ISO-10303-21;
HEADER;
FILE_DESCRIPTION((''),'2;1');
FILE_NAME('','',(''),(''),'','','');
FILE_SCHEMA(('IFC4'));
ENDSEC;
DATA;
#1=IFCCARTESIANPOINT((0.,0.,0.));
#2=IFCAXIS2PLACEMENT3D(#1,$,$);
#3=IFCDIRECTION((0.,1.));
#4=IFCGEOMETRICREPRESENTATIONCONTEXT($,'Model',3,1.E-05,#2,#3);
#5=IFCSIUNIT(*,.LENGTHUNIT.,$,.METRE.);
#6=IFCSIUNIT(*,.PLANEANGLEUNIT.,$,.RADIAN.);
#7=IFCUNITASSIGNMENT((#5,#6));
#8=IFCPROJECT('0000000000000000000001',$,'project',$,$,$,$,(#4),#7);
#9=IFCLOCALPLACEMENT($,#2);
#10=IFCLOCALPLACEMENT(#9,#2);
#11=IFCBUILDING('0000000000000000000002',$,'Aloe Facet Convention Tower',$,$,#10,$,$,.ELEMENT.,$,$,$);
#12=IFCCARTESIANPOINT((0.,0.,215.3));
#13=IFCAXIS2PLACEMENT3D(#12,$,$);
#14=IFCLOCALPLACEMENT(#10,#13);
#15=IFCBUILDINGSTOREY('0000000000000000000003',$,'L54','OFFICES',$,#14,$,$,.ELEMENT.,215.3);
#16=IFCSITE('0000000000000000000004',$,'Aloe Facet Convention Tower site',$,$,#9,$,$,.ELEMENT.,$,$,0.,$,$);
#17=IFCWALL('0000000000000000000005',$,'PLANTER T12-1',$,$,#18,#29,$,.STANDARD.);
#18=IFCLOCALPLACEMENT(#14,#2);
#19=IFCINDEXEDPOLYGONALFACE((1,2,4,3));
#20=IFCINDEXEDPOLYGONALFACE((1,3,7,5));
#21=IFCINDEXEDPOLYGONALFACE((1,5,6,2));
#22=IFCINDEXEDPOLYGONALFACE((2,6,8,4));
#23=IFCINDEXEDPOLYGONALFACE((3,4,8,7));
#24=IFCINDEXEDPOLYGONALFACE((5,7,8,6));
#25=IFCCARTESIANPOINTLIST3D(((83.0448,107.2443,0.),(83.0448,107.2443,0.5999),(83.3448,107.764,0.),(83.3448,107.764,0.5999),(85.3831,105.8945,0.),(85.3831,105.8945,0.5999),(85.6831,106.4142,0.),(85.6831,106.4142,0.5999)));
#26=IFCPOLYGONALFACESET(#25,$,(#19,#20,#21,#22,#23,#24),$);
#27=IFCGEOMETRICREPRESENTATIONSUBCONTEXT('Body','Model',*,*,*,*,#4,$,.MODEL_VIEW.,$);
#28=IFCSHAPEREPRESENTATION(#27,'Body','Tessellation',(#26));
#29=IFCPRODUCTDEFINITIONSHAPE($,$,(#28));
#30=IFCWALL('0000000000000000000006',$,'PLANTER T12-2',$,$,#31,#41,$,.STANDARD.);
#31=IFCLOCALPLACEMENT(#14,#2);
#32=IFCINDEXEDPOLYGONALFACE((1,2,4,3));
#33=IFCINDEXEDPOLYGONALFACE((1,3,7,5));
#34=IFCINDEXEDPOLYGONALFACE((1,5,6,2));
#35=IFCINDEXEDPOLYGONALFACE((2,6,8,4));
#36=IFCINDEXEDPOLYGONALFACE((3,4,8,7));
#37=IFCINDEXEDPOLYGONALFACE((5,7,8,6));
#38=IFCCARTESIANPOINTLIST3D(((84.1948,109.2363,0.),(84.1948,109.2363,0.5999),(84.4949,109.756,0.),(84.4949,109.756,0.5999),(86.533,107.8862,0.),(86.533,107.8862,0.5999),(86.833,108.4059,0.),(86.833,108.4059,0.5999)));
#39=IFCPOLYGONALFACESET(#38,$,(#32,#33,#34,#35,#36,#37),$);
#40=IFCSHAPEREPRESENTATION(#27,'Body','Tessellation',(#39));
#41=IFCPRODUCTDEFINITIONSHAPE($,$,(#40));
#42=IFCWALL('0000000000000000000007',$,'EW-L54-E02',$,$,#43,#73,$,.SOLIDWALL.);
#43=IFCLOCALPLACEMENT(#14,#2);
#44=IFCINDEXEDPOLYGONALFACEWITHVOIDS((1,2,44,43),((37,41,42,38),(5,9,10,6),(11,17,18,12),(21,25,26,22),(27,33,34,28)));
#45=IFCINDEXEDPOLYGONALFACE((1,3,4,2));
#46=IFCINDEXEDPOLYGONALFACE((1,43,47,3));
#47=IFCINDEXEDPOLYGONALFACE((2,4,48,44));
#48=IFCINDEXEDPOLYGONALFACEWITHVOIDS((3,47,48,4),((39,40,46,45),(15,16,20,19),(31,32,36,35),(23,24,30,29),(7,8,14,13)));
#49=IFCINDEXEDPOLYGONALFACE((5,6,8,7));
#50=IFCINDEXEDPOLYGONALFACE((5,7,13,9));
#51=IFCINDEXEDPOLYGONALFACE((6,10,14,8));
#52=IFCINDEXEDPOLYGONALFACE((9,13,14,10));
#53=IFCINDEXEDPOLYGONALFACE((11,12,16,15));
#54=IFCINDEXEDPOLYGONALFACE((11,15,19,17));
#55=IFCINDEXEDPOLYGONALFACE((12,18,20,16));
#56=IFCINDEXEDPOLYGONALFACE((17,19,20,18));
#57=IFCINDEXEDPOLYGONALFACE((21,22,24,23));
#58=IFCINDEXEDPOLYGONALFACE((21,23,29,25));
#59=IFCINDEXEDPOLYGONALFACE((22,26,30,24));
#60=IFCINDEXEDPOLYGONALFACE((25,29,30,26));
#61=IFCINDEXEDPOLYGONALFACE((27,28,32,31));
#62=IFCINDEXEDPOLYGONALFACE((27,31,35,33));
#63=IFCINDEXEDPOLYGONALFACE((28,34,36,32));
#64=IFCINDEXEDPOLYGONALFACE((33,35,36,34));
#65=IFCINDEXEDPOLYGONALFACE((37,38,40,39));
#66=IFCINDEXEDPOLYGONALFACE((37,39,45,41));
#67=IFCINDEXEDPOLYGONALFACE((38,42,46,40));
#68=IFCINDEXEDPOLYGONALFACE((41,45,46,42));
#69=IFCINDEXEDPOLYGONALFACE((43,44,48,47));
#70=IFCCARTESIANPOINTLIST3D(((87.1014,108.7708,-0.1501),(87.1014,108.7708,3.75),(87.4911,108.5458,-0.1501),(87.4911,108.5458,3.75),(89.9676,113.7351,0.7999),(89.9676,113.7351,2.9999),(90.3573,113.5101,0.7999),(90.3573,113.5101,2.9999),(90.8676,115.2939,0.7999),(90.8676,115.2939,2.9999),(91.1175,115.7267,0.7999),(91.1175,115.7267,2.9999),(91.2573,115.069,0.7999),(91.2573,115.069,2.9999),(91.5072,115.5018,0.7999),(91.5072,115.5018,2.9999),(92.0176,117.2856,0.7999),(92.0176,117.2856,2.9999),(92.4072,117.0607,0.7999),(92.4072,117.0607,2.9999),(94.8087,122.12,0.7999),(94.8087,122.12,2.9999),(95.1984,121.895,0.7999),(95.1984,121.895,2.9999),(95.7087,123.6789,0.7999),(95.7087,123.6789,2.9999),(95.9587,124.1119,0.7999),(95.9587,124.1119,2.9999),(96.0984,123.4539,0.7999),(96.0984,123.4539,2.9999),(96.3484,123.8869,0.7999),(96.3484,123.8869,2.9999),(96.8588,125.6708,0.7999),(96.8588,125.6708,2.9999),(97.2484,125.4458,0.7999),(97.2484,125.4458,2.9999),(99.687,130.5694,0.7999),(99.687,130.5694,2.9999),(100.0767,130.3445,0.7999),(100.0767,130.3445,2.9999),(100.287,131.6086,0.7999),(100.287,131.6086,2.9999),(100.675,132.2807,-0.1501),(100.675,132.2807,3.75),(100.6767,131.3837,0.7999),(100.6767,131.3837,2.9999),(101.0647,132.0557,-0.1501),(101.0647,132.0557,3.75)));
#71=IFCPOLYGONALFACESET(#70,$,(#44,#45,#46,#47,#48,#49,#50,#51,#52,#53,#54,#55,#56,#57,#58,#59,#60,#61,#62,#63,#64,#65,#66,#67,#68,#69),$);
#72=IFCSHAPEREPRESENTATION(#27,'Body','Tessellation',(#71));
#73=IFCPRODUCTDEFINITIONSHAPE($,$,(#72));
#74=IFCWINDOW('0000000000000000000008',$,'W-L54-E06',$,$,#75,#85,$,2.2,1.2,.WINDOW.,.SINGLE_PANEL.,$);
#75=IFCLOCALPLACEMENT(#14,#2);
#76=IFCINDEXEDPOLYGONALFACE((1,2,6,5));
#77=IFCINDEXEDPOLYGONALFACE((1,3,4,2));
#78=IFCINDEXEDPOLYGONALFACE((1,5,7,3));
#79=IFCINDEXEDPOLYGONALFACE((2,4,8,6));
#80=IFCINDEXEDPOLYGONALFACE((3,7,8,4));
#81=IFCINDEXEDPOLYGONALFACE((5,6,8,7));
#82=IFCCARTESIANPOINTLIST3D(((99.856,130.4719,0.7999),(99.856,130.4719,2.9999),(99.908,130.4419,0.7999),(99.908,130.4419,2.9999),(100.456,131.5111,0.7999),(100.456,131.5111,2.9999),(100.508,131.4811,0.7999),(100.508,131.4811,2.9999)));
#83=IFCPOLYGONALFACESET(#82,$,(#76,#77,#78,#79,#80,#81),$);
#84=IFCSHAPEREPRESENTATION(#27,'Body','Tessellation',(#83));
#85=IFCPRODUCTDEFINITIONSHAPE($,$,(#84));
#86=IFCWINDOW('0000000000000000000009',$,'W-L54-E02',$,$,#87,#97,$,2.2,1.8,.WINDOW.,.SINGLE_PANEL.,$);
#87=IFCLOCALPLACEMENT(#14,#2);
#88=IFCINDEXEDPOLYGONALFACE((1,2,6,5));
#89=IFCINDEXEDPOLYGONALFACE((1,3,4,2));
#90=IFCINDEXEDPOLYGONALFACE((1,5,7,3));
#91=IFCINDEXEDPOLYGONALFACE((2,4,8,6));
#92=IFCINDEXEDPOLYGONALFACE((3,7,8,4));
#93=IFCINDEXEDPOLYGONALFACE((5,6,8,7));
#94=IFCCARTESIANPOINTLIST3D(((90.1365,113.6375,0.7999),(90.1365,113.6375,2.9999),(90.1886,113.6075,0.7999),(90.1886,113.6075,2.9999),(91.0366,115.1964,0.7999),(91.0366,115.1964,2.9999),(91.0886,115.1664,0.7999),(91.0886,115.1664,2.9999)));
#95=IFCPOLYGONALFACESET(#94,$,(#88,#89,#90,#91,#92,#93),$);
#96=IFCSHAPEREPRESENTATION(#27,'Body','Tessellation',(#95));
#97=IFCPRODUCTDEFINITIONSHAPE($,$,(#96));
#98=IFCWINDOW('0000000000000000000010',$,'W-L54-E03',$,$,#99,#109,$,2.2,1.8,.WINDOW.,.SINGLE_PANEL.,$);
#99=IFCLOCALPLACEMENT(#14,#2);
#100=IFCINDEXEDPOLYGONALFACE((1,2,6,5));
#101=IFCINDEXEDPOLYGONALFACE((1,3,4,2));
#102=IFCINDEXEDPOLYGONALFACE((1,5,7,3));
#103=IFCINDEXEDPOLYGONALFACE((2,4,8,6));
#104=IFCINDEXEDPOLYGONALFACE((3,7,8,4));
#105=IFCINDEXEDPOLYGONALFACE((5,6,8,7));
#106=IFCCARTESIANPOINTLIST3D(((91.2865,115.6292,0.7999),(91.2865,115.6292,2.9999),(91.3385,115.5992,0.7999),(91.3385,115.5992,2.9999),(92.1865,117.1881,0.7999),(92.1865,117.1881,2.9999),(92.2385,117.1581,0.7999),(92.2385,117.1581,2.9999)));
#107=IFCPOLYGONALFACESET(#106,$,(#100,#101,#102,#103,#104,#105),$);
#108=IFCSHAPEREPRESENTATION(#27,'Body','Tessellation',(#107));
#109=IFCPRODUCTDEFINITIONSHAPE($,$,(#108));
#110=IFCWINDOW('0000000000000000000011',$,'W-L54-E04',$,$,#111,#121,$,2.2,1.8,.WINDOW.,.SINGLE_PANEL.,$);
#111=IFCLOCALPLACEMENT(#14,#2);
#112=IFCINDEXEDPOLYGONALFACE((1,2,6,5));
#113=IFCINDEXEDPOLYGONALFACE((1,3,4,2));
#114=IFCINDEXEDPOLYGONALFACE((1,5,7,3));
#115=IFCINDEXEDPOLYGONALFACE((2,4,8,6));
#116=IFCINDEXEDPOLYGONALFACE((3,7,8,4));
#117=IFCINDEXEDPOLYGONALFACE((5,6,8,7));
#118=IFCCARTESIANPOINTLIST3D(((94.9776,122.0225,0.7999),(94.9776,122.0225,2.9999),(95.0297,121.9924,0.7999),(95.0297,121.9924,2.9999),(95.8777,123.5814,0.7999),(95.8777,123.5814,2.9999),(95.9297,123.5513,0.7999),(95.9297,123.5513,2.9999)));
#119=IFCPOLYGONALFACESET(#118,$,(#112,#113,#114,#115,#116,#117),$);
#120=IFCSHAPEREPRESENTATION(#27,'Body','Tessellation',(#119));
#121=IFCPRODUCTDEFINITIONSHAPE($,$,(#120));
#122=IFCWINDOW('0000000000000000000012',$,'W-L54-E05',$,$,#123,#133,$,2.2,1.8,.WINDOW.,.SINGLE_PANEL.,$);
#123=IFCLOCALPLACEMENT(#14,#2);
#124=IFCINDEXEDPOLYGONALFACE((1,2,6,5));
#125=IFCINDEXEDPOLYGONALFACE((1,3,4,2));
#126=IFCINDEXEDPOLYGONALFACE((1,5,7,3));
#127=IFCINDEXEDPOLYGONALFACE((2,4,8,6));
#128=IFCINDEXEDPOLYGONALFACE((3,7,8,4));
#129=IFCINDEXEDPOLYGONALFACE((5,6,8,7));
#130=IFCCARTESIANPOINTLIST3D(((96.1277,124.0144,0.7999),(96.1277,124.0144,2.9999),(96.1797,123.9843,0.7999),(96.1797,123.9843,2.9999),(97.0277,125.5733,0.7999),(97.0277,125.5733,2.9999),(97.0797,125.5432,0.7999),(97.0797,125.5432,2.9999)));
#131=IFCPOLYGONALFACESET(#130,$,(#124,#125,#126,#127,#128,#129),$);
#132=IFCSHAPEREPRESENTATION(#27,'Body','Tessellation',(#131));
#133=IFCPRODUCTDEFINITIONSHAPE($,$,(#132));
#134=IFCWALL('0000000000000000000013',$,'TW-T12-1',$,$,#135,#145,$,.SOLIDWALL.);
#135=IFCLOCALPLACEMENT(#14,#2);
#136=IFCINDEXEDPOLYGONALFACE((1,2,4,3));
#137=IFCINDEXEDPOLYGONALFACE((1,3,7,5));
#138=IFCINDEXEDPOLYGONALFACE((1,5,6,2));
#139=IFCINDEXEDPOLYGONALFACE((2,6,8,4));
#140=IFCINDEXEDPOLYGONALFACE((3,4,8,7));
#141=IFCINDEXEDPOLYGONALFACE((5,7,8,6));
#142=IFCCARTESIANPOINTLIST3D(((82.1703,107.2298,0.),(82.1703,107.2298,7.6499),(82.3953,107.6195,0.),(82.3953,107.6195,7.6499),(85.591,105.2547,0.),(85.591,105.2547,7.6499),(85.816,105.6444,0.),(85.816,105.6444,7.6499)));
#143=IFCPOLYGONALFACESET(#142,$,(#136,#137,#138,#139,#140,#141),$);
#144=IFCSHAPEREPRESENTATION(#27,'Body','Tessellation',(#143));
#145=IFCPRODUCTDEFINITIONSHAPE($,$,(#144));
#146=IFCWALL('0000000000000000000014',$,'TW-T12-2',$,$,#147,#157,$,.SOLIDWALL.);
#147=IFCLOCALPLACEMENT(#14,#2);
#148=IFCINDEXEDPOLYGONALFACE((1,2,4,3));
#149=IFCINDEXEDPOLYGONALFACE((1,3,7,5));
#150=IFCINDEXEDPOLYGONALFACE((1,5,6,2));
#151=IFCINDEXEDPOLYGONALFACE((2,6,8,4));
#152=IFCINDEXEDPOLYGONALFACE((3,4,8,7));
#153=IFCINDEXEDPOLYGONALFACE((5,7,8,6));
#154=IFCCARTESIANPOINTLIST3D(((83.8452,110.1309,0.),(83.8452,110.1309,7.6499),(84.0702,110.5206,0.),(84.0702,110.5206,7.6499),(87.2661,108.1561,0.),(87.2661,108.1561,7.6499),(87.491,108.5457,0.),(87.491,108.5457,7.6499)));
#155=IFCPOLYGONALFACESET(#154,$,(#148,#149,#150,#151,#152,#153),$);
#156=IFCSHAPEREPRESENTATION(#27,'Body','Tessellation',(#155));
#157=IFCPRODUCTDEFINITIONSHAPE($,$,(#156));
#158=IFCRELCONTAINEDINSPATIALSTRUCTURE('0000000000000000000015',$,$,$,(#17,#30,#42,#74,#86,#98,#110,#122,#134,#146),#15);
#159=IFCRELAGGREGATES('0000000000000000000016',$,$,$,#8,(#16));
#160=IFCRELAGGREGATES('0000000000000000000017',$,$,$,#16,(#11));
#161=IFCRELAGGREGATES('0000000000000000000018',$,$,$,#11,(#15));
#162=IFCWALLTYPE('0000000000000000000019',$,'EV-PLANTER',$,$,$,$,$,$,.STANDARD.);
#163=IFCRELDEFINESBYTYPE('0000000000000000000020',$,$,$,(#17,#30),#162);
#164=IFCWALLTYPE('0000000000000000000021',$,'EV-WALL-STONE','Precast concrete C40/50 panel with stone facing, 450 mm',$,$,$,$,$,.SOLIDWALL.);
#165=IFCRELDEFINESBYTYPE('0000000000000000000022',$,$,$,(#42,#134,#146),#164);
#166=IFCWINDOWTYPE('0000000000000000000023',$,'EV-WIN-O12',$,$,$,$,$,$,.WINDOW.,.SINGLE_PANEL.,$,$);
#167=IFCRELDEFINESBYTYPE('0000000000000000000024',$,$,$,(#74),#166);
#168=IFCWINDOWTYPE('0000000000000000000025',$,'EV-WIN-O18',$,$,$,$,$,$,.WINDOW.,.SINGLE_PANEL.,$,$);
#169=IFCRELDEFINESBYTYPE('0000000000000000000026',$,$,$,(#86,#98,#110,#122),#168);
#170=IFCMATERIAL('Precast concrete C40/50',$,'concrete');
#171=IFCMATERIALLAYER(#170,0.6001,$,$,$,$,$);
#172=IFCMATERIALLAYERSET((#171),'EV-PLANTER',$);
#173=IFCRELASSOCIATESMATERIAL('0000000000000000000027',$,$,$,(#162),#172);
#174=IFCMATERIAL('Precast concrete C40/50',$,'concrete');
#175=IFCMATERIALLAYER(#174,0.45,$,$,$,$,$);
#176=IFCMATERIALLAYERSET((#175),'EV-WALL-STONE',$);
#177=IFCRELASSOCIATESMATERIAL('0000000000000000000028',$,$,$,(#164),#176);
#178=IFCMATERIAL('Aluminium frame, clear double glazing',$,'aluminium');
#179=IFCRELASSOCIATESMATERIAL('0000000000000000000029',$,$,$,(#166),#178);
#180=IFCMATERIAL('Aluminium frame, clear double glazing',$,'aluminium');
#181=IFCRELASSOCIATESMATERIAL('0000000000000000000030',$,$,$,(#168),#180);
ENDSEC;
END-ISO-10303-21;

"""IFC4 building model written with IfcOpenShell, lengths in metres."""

from ifc_helpers import new_model, si_unit, direction, frame, frame_2d, origin, place, context, subcontext, project, spatial, polyline, rectangle, outline, extrude, material, layer, layer_set, type_object, element, fill, save


model = new_model("IFC4")

# Units and contexts
model_context = context("Model", 3, precision=1e-05, world=origin(), true_north=direction((0.0, 1.0)))
body_context = subcontext(model_context, "Body", "Model", "MODEL_VIEW")
ifc_project = project(units=[si_unit("LENGTHUNIT", "METRE"), si_unit("PLANEANGLEUNIT", "RADIAN")], contexts=[model_context])

# Site, building, storey
site_placement = place(None, origin())
site = spatial("IfcSite", under=ifc_project, at=site_placement, Name="Aloe Facet Convention Tower site", CompositionType="ELEMENT", RefElevation=0.0)
building_placement = place(site_placement, origin())
building = spatial("IfcBuilding", under=site, at=building_placement, Name="Aloe Facet Convention Tower", CompositionType="ELEMENT")
storey_placement = place(building_placement, frame((0.0, 0.0, 215.3)))
storey = spatial("IfcBuildingStorey", under=building, at=storey_placement, Name="L54", Description="OFFICES", CompositionType="ELEMENT", Elevation=215.3)

# Walls
ifc_material_1 = material(Name="Precast concrete C40/50", Category="concrete")
ifc_layer_1 = layer(ifc_material_1, 0.6001)
ifc_layer_set_1 = layer_set([ifc_layer_1], Name="EV-PLANTER")
wall_type_1 = type_object("IfcWallType", Name="EV-PLANTER", PredefinedType="STANDARD", material=ifc_layer_set_1)
for number, where, z_axis, x_axis, name in (
    (1, (85.5332, 106.1543, 0.0), (0.0, 0.0, 1.0), (-0.866059, 0.499942, 0.0), "PLANTER T12-1"),
    (2, (86.6831, 108.146, 0.0), (0.0, 0.0, 1.0), (-0.865997, 0.500049, 0.0), "PLANTER T12-2"),
):
    element("IfcWall", number, at=place(storey_placement, frame(where, z_axis=z_axis, x_axis=x_axis)), inside=storey, type_object=wall_type_1, Name=name, PredefinedType="STANDARD", context=body_context, shape_type="SweptSolid", body=[
        extrude(rectangle(XDim=2.7, YDim=0.6001, at=frame_2d((1.3501, 0.0))), origin(), (0.0, 0.0, 1.0), 0.5999),
    ])

# Wall, openings, windows
ifc_material_2 = material(Name="Precast concrete C40/50", Category="concrete")
ifc_layer_2 = layer(ifc_material_2, 0.45)
ifc_layer_set_2 = layer_set([ifc_layer_2], Name="EV-WALL-STONE")
wall_type_2 = type_object("IfcWallType", Name="EV-WALL-STONE", Description="Precast concrete C40/50 panel with stone facing, 450 mm", PredefinedType="SOLIDWALL", material=ifc_layer_set_2)
wall_1_placement = place(storey_placement, frame((87.2964, 108.6582, -0.1501), z_axis=(0.0, 0.0, 1.0), x_axis=(0.500003, 0.866024, 0.0)))
wall_1 = element("IfcWall", 3, at=wall_1_placement, inside=storey, type_object=wall_type_2, Name="EW-L54-E02", PredefinedType="SOLIDWALL", context=body_context, shape_type="SweptSolid", body=[
    extrude(outline(polyline([(27.147, 3.9001), (27.147, 0.0), (0.0, 0.0), (0.0, 3.9001), (27.147, 3.9001)])), frame((0.0, 0.2251, 0.0), z_axis=(0.0, -1.0, 0.0), x_axis=(1.0, 0.0, 0.0)), (0.0, 0.0, 1.0), 0.45),
])
opening_1_placement = place(wall_1_placement, frame((5.7324, 0.0, 0.95)))
opening_1 = element("IfcOpeningElement", 4, at=opening_1_placement, cuts=wall_1, PredefinedType="OPENING", context=body_context, shape_type="SweptSolid", body=[
    extrude(rectangle(XDim=1.8, YDim=2.2, at=frame_2d((0.8999, 1.1001))), frame((0.0, 0.2349, 0.0), z_axis=(0.0, -1.0, 0.0), x_axis=(1.0, 0.0, 0.0)), (0.0, 0.0, 1.0), 0.47),
])
opening_2_placement = place(wall_1_placement, frame((8.0322, 0.0, 0.95)))
opening_2 = element("IfcOpeningElement", 5, at=opening_2_placement, cuts=wall_1, PredefinedType="OPENING", context=body_context, shape_type="SweptSolid", body=[
    extrude(rectangle(XDim=1.8, YDim=2.2, at=frame_2d((0.8999, 1.1001))), frame((0.0, 0.2349, 0.0), z_axis=(0.0, -1.0, 0.0), x_axis=(1.0, 0.0, 0.0)), (0.0, 0.0, 1.0), 0.47),
])
opening_3_placement = place(wall_1_placement, frame((15.4146, 0.0, 0.95)))
opening_3 = element("IfcOpeningElement", 6, at=opening_3_placement, cuts=wall_1, PredefinedType="OPENING", context=body_context, shape_type="SweptSolid", body=[
    extrude(rectangle(XDim=1.8, YDim=2.2, at=frame_2d((0.8999, 1.1001))), frame((0.0, 0.2349, 0.0), z_axis=(0.0, -1.0, 0.0), x_axis=(1.0, 0.0, 0.0)), (0.0, 0.0, 1.0), 0.47),
])
opening_4_placement = place(wall_1_placement, frame((17.7146, 0.0, 0.95)))
opening_4 = element("IfcOpeningElement", 7, at=opening_4_placement, cuts=wall_1, PredefinedType="OPENING", context=body_context, shape_type="SweptSolid", body=[
    extrude(rectangle(XDim=1.8, YDim=2.2, at=frame_2d((0.8999, 1.1001))), frame((0.0, 0.2349, 0.0), z_axis=(0.0, -1.0, 0.0), x_axis=(1.0, 0.0, 0.0)), (0.0, 0.0, 1.0), 0.47),
])
opening_5_placement = place(wall_1_placement, frame((25.1709, 0.0, 0.95)))
opening_5 = element("IfcOpeningElement", 8, at=opening_5_placement, cuts=wall_1, PredefinedType="OPENING", context=body_context, shape_type="SweptSolid", body=[
    extrude(rectangle(XDim=1.2, YDim=2.2, at=frame_2d((0.6001, 1.1001))), frame((0.0, 0.2349, 0.0), z_axis=(0.0, -1.0, 0.0), x_axis=(1.0, 0.0, 0.0)), (0.0, 0.0, 1.0), 0.47),
])
ifc_material_3 = material(Name="Aluminium frame, clear double glazing", Category="aluminium")
window_type_1 = type_object("IfcWindowType", Name="EV-WIN-O12", PartitioningType="SINGLE_PANEL", PredefinedType="WINDOW", material=ifc_material_3)
window_1_placement = place(opening_5_placement, origin())
window_1 = element("IfcWindow", 9, at=window_1_placement, inside=storey, type_object=window_type_1, Name="W-L54-E06", OverallHeight=2.2, OverallWidth=1.2, PartitioningType="SINGLE_PANEL", PredefinedType="WINDOW", context=body_context, shape_type="SweptSolid", body=[
    extrude(rectangle(XDim=1.2, YDim=2.2, at=frame_2d((0.6001, 1.1001))), frame((0.0, 0.03, 0.0), z_axis=(0.0, -1.0, 0.0), x_axis=(1.0, 0.0, 0.0)), (0.0, 0.0, 1.0), 0.0601),
])
fill(opening_5, window_1)
ifc_material_4 = material(Name="Aluminium frame, clear double glazing", Category="aluminium")
window_type_2 = type_object("IfcWindowType", Name="EV-WIN-O18", PartitioningType="SINGLE_PANEL", PredefinedType="WINDOW", material=ifc_material_4)
window_2_placement = place(opening_1_placement, origin())
window_2 = element("IfcWindow", 10, at=window_2_placement, inside=storey, type_object=window_type_2, Name="W-L54-E02", OverallHeight=2.2, OverallWidth=1.8, PartitioningType="SINGLE_PANEL", PredefinedType="WINDOW", context=body_context, shape_type="SweptSolid", body=[
    extrude(rectangle(XDim=1.8, YDim=2.2, at=frame_2d((0.8999, 1.1001))), frame((0.0, 0.03, 0.0), z_axis=(0.0, -1.0, 0.0), x_axis=(1.0, 0.0, 0.0)), (0.0, 0.0, 1.0), 0.0601),
])
fill(opening_1, window_2)
window_3_placement = place(opening_2_placement, origin())
window_3 = element("IfcWindow", 11, at=window_3_placement, inside=storey, type_object=window_type_2, Name="W-L54-E03", OverallHeight=2.2, OverallWidth=1.8, PartitioningType="SINGLE_PANEL", PredefinedType="WINDOW", context=body_context, shape_type="SweptSolid", body=[
    extrude(rectangle(XDim=1.8, YDim=2.2, at=frame_2d((0.8999, 1.1001))), frame((0.0, 0.03, 0.0), z_axis=(0.0, -1.0, 0.0), x_axis=(1.0, 0.0, 0.0)), (0.0, 0.0, 1.0), 0.0601),
])
fill(opening_2, window_3)
window_4_placement = place(opening_3_placement, origin())
window_4 = element("IfcWindow", 12, at=window_4_placement, inside=storey, type_object=window_type_2, Name="W-L54-E04", OverallHeight=2.2, OverallWidth=1.8, PartitioningType="SINGLE_PANEL", PredefinedType="WINDOW", context=body_context, shape_type="SweptSolid", body=[
    extrude(rectangle(XDim=1.8, YDim=2.2, at=frame_2d((0.8999, 1.1001))), frame((0.0, 0.03, 0.0), z_axis=(0.0, -1.0, 0.0), x_axis=(1.0, 0.0, 0.0)), (0.0, 0.0, 1.0), 0.0601),
])
fill(opening_3, window_4)
window_5_placement = place(opening_4_placement, origin())
window_5 = element("IfcWindow", 13, at=window_5_placement, inside=storey, type_object=window_type_2, Name="W-L54-E05", OverallHeight=2.2, OverallWidth=1.8, PartitioningType="SINGLE_PANEL", PredefinedType="WINDOW", context=body_context, shape_type="SweptSolid", body=[
    extrude(rectangle(XDim=1.8, YDim=2.2, at=frame_2d((0.8999, 1.1001))), frame((0.0, 0.03, 0.0), z_axis=(0.0, -1.0, 0.0), x_axis=(1.0, 0.0, 0.0)), (0.0, 0.0, 1.0), 0.0601),
])
fill(opening_4, window_5)

# Walls
for number, where, z_axis, x_axis, name in (
    (14, (85.7036, 105.4495, 0.0), (0.0, 0.0, 1.0), (-0.866005, 0.500035, 0.0), "TW-T12-1"),
    (15, (87.3787, 108.3508, 0.0), (0.0, 0.0, 1.0), (-0.866048, 0.499961, 0.0), "TW-T12-2"),
):
    element("IfcWall", number, at=place(storey_placement, frame(where, z_axis=z_axis, x_axis=x_axis)), inside=storey, type_object=wall_type_2, Name=name, PredefinedType="SOLIDWALL", context=body_context, shape_type="SweptSolid", body=[
        extrude(rectangle(XDim=3.95, YDim=0.45, at=frame_2d((1.9751, 0.0))), origin(), (0.0, 0.0, 1.0), 7.6499),
    ])

save(model, "model.ifc")
